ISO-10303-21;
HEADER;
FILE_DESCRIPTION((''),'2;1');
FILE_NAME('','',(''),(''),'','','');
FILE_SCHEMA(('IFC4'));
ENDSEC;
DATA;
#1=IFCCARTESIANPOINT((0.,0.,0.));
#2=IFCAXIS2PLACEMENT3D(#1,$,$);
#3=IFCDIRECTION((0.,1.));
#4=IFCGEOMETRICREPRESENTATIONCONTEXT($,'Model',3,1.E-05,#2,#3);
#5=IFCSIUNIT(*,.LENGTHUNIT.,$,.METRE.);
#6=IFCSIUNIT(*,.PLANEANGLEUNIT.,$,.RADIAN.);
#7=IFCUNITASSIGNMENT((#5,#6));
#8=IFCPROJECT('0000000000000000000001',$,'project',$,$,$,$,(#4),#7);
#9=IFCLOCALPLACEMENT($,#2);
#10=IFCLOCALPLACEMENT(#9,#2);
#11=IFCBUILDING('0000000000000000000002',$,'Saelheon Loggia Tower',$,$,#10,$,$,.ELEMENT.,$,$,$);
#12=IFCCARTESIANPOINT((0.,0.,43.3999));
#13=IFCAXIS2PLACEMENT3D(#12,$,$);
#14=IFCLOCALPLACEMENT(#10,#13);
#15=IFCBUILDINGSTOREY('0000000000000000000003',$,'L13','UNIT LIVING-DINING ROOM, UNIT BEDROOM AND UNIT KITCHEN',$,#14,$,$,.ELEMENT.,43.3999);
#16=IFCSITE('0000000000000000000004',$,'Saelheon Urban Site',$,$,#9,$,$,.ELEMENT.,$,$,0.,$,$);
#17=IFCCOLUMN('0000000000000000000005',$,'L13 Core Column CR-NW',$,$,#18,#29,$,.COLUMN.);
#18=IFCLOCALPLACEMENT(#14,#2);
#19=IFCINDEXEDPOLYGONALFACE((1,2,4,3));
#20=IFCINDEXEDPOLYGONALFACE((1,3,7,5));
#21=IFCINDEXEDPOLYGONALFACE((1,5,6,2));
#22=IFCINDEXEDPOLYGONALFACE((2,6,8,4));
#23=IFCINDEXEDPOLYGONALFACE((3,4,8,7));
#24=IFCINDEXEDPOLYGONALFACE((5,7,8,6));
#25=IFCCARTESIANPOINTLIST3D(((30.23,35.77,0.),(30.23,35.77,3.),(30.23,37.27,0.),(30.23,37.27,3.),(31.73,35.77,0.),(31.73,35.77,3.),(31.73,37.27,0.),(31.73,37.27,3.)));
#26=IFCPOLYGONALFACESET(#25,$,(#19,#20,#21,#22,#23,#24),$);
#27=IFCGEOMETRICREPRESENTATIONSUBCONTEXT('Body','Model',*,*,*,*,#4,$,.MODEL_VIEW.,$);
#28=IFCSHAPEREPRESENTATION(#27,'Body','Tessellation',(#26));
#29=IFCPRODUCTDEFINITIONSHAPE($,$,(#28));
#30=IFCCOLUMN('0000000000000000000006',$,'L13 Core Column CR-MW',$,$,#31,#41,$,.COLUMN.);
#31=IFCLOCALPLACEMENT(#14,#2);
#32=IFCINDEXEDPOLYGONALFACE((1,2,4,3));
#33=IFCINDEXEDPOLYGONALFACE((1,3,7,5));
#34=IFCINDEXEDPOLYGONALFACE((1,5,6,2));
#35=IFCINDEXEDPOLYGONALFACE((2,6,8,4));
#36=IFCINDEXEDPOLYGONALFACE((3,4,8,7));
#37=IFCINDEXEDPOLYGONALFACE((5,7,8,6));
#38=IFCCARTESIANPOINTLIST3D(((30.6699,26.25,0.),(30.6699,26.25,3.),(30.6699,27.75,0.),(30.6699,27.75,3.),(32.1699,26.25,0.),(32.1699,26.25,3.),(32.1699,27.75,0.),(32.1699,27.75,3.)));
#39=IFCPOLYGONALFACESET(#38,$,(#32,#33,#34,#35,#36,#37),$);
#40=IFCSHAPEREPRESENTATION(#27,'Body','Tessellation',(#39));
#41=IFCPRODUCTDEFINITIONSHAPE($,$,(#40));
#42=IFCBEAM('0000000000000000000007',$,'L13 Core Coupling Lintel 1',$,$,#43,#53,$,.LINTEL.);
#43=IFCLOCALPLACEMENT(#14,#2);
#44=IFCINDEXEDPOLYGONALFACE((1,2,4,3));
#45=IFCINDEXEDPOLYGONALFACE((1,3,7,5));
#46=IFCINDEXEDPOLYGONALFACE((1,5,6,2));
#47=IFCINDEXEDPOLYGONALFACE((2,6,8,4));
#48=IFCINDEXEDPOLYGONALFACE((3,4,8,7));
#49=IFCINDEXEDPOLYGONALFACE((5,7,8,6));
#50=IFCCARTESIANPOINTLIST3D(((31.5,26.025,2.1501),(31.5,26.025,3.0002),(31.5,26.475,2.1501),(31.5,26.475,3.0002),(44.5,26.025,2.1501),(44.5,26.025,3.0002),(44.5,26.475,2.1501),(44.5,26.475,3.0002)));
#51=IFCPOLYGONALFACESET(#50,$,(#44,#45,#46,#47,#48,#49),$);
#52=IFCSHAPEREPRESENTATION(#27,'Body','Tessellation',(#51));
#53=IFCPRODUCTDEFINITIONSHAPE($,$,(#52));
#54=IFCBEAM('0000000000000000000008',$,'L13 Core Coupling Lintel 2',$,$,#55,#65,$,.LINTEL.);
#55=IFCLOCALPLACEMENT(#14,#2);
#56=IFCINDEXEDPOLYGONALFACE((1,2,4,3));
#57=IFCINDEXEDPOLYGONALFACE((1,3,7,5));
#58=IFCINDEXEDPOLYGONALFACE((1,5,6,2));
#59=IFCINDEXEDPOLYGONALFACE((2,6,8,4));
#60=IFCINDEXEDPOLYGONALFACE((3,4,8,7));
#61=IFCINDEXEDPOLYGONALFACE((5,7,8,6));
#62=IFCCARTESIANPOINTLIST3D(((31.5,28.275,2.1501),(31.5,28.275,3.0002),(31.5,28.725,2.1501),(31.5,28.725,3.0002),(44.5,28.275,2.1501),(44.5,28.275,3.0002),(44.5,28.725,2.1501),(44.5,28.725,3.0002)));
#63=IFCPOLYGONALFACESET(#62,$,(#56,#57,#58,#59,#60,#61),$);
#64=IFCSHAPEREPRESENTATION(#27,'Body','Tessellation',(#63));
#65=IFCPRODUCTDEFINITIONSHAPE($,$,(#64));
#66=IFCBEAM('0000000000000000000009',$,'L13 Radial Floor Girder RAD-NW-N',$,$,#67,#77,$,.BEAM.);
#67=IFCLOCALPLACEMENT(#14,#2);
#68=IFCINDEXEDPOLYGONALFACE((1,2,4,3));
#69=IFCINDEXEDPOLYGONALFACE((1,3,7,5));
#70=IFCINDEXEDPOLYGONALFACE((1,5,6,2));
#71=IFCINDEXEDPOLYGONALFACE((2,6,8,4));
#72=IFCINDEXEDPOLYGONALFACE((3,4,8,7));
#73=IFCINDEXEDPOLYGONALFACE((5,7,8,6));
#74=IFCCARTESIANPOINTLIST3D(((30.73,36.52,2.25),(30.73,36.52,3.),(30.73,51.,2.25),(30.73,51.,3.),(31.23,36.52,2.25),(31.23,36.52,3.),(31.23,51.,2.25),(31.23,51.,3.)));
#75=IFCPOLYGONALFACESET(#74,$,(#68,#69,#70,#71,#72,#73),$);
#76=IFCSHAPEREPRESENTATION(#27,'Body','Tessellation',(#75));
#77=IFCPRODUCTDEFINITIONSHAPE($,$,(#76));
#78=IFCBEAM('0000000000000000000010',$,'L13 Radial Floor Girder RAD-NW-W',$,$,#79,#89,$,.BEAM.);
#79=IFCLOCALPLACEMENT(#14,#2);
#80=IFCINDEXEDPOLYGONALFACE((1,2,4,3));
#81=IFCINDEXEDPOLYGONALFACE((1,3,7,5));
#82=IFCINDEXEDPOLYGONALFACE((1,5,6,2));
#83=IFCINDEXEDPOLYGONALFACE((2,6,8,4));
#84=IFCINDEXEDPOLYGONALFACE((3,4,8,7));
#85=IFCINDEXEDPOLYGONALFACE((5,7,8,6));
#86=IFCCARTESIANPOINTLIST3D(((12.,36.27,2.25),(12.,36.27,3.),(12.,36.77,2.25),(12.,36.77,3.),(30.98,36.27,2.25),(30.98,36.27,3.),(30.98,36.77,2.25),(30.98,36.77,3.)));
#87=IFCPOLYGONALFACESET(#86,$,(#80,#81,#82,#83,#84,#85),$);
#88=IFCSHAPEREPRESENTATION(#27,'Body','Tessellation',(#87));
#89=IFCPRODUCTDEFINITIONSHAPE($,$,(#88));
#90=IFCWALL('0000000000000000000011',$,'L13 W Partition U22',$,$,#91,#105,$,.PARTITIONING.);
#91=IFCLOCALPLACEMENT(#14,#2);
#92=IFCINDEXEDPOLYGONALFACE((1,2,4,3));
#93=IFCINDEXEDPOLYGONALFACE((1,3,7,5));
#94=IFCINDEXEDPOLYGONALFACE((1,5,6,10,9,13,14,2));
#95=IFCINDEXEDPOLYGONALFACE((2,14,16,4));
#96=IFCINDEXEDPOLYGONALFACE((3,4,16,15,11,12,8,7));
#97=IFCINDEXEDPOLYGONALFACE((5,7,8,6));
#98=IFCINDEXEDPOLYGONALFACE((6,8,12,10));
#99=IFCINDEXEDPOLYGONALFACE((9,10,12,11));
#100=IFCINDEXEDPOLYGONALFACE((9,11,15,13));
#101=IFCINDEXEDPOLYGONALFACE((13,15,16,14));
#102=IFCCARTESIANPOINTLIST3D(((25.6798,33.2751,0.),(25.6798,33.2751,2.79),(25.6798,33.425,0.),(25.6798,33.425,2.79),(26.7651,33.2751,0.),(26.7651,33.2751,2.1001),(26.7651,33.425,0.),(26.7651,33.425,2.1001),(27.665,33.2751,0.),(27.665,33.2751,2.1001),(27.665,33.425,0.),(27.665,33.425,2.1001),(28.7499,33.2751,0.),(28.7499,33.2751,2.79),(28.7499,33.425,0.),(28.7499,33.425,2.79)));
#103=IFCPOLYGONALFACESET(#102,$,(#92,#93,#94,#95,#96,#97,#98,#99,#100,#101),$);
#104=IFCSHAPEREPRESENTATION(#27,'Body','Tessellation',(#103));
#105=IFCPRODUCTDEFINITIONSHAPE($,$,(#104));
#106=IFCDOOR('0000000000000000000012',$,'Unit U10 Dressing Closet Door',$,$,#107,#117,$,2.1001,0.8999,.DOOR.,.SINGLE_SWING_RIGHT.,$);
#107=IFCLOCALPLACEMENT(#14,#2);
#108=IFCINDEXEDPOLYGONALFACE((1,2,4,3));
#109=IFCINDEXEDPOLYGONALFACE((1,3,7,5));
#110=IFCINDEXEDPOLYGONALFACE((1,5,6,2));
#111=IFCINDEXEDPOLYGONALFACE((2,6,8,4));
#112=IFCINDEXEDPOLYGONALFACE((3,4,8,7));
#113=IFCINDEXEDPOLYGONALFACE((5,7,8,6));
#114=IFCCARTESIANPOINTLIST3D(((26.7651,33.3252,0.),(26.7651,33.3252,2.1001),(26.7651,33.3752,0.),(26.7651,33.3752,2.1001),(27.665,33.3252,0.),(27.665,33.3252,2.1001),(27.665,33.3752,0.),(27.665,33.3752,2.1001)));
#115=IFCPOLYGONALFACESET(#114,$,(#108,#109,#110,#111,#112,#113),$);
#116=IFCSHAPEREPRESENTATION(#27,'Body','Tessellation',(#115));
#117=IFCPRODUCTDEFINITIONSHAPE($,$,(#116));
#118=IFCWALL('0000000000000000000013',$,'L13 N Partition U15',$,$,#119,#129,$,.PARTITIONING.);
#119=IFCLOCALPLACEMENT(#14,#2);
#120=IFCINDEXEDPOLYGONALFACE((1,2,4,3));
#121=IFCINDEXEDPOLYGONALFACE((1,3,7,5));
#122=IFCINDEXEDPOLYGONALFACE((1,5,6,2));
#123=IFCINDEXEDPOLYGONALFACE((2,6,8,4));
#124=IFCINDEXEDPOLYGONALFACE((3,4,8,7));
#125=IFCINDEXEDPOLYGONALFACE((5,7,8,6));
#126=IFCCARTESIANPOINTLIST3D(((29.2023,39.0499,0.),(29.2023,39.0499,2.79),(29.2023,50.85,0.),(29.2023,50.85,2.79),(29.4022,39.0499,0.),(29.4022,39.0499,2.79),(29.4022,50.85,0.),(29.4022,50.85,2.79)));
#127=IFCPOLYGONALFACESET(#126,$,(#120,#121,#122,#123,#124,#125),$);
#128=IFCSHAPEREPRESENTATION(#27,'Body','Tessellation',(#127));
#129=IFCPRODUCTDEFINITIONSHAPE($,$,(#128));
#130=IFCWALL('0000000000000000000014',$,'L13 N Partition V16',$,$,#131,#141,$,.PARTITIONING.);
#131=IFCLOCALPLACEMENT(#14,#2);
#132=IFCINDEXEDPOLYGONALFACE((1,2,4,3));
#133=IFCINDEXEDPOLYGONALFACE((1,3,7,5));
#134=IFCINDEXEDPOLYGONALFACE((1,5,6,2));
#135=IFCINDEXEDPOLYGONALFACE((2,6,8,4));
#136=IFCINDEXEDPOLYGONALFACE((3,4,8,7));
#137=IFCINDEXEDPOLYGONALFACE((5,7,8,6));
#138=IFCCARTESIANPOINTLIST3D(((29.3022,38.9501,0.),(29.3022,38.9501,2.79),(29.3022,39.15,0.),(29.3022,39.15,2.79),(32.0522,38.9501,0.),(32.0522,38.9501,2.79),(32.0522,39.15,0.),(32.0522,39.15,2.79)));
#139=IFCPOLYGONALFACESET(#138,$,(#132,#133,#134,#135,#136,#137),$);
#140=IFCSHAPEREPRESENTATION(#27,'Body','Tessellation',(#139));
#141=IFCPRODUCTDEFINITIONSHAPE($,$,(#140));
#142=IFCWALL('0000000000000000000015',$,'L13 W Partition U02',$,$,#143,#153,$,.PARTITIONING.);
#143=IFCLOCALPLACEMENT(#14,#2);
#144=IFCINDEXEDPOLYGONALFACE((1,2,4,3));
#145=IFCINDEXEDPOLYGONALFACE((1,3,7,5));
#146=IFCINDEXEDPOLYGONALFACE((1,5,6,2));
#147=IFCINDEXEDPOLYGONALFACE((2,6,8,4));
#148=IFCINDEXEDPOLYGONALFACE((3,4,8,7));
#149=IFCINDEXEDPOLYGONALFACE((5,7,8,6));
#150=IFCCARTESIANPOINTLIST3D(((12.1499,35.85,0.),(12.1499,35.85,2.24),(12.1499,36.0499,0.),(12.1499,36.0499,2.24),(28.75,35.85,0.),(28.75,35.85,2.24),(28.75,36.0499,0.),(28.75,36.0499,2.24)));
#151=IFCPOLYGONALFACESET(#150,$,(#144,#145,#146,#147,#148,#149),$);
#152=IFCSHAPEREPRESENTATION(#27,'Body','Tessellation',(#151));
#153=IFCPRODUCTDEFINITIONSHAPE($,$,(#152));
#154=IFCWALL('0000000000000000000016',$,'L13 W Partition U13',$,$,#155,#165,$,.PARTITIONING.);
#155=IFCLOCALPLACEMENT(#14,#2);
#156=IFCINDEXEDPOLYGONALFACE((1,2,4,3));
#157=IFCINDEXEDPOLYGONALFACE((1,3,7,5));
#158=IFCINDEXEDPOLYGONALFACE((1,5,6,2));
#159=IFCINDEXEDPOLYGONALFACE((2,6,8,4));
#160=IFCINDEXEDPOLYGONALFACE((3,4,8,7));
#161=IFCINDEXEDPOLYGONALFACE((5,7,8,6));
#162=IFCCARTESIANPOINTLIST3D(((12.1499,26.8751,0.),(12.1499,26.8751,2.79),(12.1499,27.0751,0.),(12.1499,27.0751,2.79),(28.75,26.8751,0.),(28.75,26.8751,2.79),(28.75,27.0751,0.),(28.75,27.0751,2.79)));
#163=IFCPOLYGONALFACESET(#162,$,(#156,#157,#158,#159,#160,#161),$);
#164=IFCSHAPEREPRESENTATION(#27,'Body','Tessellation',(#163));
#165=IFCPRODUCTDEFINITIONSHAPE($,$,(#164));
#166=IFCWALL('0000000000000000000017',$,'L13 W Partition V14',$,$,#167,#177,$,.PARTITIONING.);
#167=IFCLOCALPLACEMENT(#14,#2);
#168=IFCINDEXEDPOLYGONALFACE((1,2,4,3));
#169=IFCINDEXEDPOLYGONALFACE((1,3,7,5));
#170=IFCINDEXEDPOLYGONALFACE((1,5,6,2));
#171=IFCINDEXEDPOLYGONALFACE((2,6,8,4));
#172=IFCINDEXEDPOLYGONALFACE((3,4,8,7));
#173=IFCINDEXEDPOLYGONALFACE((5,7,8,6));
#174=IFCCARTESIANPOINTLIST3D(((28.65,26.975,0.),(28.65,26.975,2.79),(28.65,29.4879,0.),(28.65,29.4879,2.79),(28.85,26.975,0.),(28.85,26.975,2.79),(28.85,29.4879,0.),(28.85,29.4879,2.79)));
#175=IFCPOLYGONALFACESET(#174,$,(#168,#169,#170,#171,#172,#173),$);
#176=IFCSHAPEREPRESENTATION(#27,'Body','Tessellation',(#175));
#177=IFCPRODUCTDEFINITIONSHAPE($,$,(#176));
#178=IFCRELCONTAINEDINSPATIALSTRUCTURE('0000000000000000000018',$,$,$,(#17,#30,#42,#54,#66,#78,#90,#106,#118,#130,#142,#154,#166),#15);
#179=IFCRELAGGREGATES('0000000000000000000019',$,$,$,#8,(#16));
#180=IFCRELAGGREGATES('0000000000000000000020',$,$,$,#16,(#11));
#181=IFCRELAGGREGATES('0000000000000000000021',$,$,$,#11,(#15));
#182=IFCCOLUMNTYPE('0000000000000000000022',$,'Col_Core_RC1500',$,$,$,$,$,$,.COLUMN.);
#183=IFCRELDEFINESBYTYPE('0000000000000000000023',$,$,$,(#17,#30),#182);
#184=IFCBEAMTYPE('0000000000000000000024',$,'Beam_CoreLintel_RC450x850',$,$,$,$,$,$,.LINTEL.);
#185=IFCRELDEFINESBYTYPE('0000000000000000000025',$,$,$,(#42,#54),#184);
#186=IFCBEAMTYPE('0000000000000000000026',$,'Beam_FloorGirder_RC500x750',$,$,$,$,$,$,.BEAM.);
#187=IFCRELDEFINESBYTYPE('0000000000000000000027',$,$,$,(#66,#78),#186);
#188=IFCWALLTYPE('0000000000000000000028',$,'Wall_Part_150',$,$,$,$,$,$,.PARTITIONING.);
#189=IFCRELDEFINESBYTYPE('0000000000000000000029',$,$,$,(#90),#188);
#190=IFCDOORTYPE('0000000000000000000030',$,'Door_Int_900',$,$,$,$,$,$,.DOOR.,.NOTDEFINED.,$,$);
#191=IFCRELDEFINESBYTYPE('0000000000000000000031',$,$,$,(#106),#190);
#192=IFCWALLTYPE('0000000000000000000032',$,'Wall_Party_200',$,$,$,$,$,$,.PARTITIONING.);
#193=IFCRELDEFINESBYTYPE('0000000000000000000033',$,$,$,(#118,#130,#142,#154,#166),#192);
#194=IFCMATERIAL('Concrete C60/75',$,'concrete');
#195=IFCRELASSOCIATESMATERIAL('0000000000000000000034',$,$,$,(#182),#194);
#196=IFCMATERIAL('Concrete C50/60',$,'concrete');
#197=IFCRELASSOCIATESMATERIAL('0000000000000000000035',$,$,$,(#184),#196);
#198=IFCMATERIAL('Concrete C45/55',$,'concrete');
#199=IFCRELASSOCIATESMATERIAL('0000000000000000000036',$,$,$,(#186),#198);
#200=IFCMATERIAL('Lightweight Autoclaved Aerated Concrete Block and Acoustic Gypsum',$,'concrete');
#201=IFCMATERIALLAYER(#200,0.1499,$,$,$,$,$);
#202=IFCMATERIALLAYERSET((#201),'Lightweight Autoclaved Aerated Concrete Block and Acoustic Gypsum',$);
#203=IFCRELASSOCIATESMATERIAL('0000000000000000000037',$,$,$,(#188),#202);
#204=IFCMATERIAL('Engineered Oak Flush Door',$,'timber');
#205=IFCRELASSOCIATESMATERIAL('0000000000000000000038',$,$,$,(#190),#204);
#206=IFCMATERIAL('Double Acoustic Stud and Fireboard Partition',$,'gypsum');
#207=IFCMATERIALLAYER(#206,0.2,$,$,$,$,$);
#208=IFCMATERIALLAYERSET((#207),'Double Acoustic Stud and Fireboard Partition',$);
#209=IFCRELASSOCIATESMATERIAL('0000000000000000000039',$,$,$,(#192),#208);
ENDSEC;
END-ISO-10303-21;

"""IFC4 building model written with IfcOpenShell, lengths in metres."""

from ifc_helpers import new_model, si_unit, direction, frame, frame_2d, origin, origin_2d, place, context, subcontext, project, spatial, rectangle, extrude, source, transform, mapped, material, layer, layer_set, material_profile, profile_set, type_object, element, fill, save


model = new_model("IFC4")

# Units and contexts
model_context = context("Model", 3, precision=1e-05, world=origin(), true_north=direction((0.0, 1.0)))
body_context = subcontext(model_context, "Body", "Model", "MODEL_VIEW")
ifc_project = project(units=[si_unit("LENGTHUNIT", "METRE"), si_unit("PLANEANGLEUNIT", "RADIAN")], contexts=[model_context])

# Site, building, storey
site_placement = place(None, origin())
site = spatial("IfcSite", under=ifc_project, at=site_placement, Name="Saelheon Urban Site", CompositionType="ELEMENT", RefElevation=0.0)
building_placement = place(site_placement, origin())
building = spatial("IfcBuilding", under=site, at=building_placement, Name="Saelheon Loggia Tower", CompositionType="ELEMENT")
storey_placement = place(building_placement, frame((0.0, 0.0, 43.3999)))
storey = spatial("IfcBuildingStorey", under=building, at=storey_placement, Name="L13", Description="UNIT LIVING-DINING ROOM, UNIT BEDROOM AND UNIT KITCHEN", CompositionType="ELEMENT", Elevation=43.3999)

# Columns
ifc_material_1 = material(Name="Concrete C60/75", Category="concrete")
ifc_material_profile_1 = material_profile(ifc_material_1, rectangle(XDim=1.5, YDim=1.5, at=origin_2d()), Name="RC-1500x1500")
ifc_profile_set_1 = profile_set([ifc_material_profile_1], Name="Concrete C60/75")
column_type = type_object("IfcColumnType", Name="Col_Core_RC1500", PredefinedType="COLUMN", material=ifc_profile_set_1)
shared_shape_1 = source(origin(), body_context, "Body", "SweptSolid", [
    extrude(rectangle(XDim=1.5, YDim=1.5, at=origin_2d()), origin(), (0.0, 0.0, 1.0), 3.0),
])
for number, where, z_axis, x_axis, name in (
    (1, (30.98, 36.52, 0.0), (0.0, 0.0, 1.0), (1.0, 0.0, 0.0), "L13 Core Column CR-NW"),
    (2, (31.4199, 27.0, 0.0), (0.0, 0.0, 1.0), (1.0, 0.0, 0.0), "L13 Core Column CR-MW"),
):
    element("IfcColumn", number, at=place(storey_placement, frame(where, z_axis=z_axis, x_axis=x_axis)), inside=storey, type_object=column_type, Name=name, PredefinedType="COLUMN", context=body_context, shape_type="MappedRepresentation", body=[
        mapped(shared_shape_1, transform((0.0, 0.0, 0.0), scale=1.0)),
    ])

# Beams
ifc_material_2 = material(Name="Concrete C50/60", Category="concrete")
ifc_material_profile_2 = material_profile(ifc_material_2, rectangle(XDim=0.45, YDim=0.8501, at=origin_2d()), Name="RC-450x850")
ifc_profile_set_2 = profile_set([ifc_material_profile_2], Name="Concrete C50/60")
beam_type_1 = type_object("IfcBeamType", Name="Beam_CoreLintel_RC450x850", PredefinedType="LINTEL", material=ifc_profile_set_2)
shared_shape_2 = source(origin(), body_context, "Body", "SweptSolid", [
    extrude(rectangle(XDim=0.45, YDim=0.8501, at=origin_2d()), origin(), (0.0, 0.0, 1.0), 13.0),
])
for number, where, z_axis, x_axis, name in (
    (3, (31.5, 26.25, 2.5752), (1.0, 0.0, 0.0), (0.0, 1.0, 0.0), "L13 Core Coupling Lintel 1"),
    (4, (31.5, 28.5, 2.5752), (1.0, 0.0, 0.0), (0.0, 1.0, 0.0), "L13 Core Coupling Lintel 2"),
):
    element("IfcBeam", number, at=place(storey_placement, frame(where, z_axis=z_axis, x_axis=x_axis)), inside=storey, type_object=beam_type_1, Name=name, PredefinedType="LINTEL", context=body_context, shape_type="MappedRepresentation", body=[
        mapped(shared_shape_2, transform((0.0, 0.0, 0.0), scale=1.0)),
    ])
ifc_material_3 = material(Name="Concrete C45/55", Category="concrete")
ifc_material_profile_3 = material_profile(ifc_material_3, rectangle(XDim=0.5, YDim=0.75, at=origin_2d()), Name="RC-500x750")
ifc_profile_set_3 = profile_set([ifc_material_profile_3], Name="Concrete C45/55")
beam_type_2 = type_object("IfcBeamType", Name="Beam_FloorGirder_RC500x750", PredefinedType="BEAM", material=ifc_profile_set_3)
shared_shape_3 = source(origin(), body_context, "Body", "SweptSolid", [
    extrude(rectangle(XDim=0.5, YDim=0.75, at=origin_2d()), origin(), (0.0, 0.0, 1.0), 14.48),
])
beam_1_placement = place(storey_placement, frame((30.98, 36.52, 2.625), z_axis=(0.0, 1.0, 0.0), x_axis=(-1.0, 0.0, 0.0)))
element("IfcBeam", 5, at=beam_1_placement, inside=storey, type_object=beam_type_2, Name="L13 Radial Floor Girder RAD-NW-N", PredefinedType="BEAM", context=body_context, shape_type="MappedRepresentation", body=[
    mapped(shared_shape_3, transform((0.0, 0.0, 0.0), scale=1.0)),
])
shared_shape_4 = source(origin(), body_context, "Body", "SweptSolid", [
    extrude(rectangle(XDim=0.5, YDim=0.75, at=origin_2d()), origin(), (0.0, 0.0, 1.0), 18.98),
])
beam_2_placement = place(storey_placement, frame((30.98, 36.52, 2.625), z_axis=(-1.0, 0.0, 0.0), x_axis=(0.0, -1.0, 0.0)))
element("IfcBeam", 6, at=beam_2_placement, inside=storey, type_object=beam_type_2, Name="L13 Radial Floor Girder RAD-NW-W", PredefinedType="BEAM", context=body_context, shape_type="MappedRepresentation", body=[
    mapped(shared_shape_4, transform((0.0, 0.0, 0.0), scale=1.0)),
])

# Wall, opening, door
ifc_material_4 = material(Name="Lightweight Autoclaved Aerated Concrete Block and Acoustic Gypsum", Category="concrete")
ifc_layer_1 = layer(ifc_material_4, 0.1499)
ifc_layer_set_1 = layer_set([ifc_layer_1], Name="Lightweight Autoclaved Aerated Concrete Block and Acoustic Gypsum")
wall_type_1 = type_object("IfcWallType", Name="Wall_Part_150", PredefinedType="PARTITIONING", material=ifc_layer_set_1)
wall_1_placement = place(storey_placement, frame((28.75, 33.3501, 0.0), z_axis=(0.0, 0.0, 1.0), x_axis=(-1.0, 0.0, 0.0)))
wall_1 = element("IfcWall", 7, at=wall_1_placement, inside=storey, type_object=wall_type_1, Name="L13 W Partition U22", PredefinedType="PARTITIONING", context=body_context, shape_type="SweptSolid", body=[
    extrude(rectangle(XDim=3.0701, YDim=0.1499, at=frame_2d((1.5352, 0.0))), origin(), (0.0, 0.0, 1.0), 2.79),
])
opening_1_placement = place(wall_1_placement, frame((1.085, 0.0, 0.0)))
opening_1 = element("IfcOpeningElement", 8, at=opening_1_placement, cuts=wall_1, PredefinedType="OPENING", context=body_context, shape_type="SweptSolid", body=[
    extrude(rectangle(XDim=0.8999, YDim=2.1001, at=frame_2d((0.45, 1.05))), frame((0.0, 0.0869, 0.0), z_axis=(0.0, -1.0, 0.0), x_axis=(1.0, 0.0, 0.0)), (0.0, 0.0, 1.0), 0.1738),
])
ifc_material_5 = material(Name="Engineered Oak Flush Door", Category="timber")
door_type_1 = type_object("IfcDoorType", Name="Door_Int_900", OperationType="NOTDEFINED", PredefinedType="DOOR", material=ifc_material_5)
shared_shape_5 = source(origin(), body_context, "Body", "SweptSolid", [
    extrude(rectangle(XDim=0.8999, YDim=2.1001, at=frame_2d((0.45, 1.05))), frame((0.0, 0.0249, 0.0), z_axis=(0.0, -1.0, 0.0), x_axis=(1.0, 0.0, 0.0)), (0.0, 0.0, 1.0), 0.05),
])
door_1_placement = place(opening_1_placement, origin())
door_1 = element("IfcDoor", 9, at=door_1_placement, inside=storey, type_object=door_type_1, Name="Unit U10 Dressing Closet Door", OperationType="SINGLE_SWING_RIGHT", OverallHeight=2.1001, OverallWidth=0.8999, PredefinedType="DOOR", context=body_context, shape_type="MappedRepresentation", body=[
    mapped(shared_shape_5, transform((0.0, 0.0, 0.0), scale=1.0)),
])
fill(opening_1, door_1)

# Walls
ifc_material_6 = material(Name="Double Acoustic Stud and Fireboard Partition", Category="gypsum")
ifc_layer_2 = layer(ifc_material_6, 0.2)
ifc_layer_set_2 = layer_set([ifc_layer_2], Name="Double Acoustic Stud and Fireboard Partition")
wall_type_2 = type_object("IfcWallType", Name="Wall_Party_200", PredefinedType="PARTITIONING", material=ifc_layer_set_2)
wall_2_placement = place(storey_placement, frame((29.3022, 39.05, 0.0), z_axis=(0.0, 0.0, 1.0), x_axis=(0.0, 1.0, 0.0)))
element("IfcWall", 10, at=wall_2_placement, inside=storey, type_object=wall_type_2, Name="L13 N Partition U15", PredefinedType="PARTITIONING", context=body_context, shape_type="SweptSolid", body=[
    extrude(rectangle(XDim=11.8, YDim=0.2, at=frame_2d((5.8999, 0.0))), origin(), (0.0, 0.0, 1.0), 2.79),
])
wall_3_placement = place(storey_placement, frame((29.3022, 39.05, 0.0), z_axis=(0.0, 0.0, 1.0), x_axis=(1.0, 0.0, 0.0)))
element("IfcWall", 11, at=wall_3_placement, inside=storey, type_object=wall_type_2, Name="L13 N Partition V16", PredefinedType="PARTITIONING", context=body_context, shape_type="SweptSolid", body=[
    extrude(rectangle(XDim=2.75, YDim=0.2, at=frame_2d((1.375, 0.0))), origin(), (0.0, 0.0, 1.0), 2.79),
])
wall_4_placement = place(storey_placement, frame((28.75, 35.95, 0.0), z_axis=(0.0, 0.0, 1.0), x_axis=(-1.0, 0.0, 0.0)))
element("IfcWall", 12, at=wall_4_placement, inside=storey, type_object=wall_type_2, Name="L13 W Partition U02", PredefinedType="PARTITIONING", context=body_context, shape_type="SweptSolid", body=[
    extrude(rectangle(XDim=16.6001, YDim=0.2, at=frame_2d((8.3, 0.0))), origin(), (0.0, 0.0, 1.0), 2.24),
])
wall_5_placement = place(storey_placement, frame((28.75, 26.9751, 0.0), z_axis=(0.0, 0.0, 1.0), x_axis=(-1.0, 0.0, 0.0)))
element("IfcWall", 13, at=wall_5_placement, inside=storey, type_object=wall_type_2, Name="L13 W Partition U13", PredefinedType="PARTITIONING", context=body_context, shape_type="SweptSolid", body=[
    extrude(rectangle(XDim=16.6001, YDim=0.2, at=frame_2d((8.3, 0.0))), origin(), (0.0, 0.0, 1.0), 2.79),
])
wall_6_placement = place(storey_placement, frame((28.75, 26.9751, 0.0), z_axis=(0.0, 0.0, 1.0), x_axis=(0.0, 1.0, 0.0)))
element("IfcWall", 14, at=wall_6_placement, inside=storey, type_object=wall_type_2, Name="L13 W Partition V14", PredefinedType="PARTITIONING", context=body_context, shape_type="SweptSolid", body=[
    extrude(rectangle(XDim=2.5129, YDim=0.2, at=frame_2d((1.2563, 0.0))), origin(), (0.0, 0.0, 1.0), 2.79),
])

save(model, "model.ifc")
